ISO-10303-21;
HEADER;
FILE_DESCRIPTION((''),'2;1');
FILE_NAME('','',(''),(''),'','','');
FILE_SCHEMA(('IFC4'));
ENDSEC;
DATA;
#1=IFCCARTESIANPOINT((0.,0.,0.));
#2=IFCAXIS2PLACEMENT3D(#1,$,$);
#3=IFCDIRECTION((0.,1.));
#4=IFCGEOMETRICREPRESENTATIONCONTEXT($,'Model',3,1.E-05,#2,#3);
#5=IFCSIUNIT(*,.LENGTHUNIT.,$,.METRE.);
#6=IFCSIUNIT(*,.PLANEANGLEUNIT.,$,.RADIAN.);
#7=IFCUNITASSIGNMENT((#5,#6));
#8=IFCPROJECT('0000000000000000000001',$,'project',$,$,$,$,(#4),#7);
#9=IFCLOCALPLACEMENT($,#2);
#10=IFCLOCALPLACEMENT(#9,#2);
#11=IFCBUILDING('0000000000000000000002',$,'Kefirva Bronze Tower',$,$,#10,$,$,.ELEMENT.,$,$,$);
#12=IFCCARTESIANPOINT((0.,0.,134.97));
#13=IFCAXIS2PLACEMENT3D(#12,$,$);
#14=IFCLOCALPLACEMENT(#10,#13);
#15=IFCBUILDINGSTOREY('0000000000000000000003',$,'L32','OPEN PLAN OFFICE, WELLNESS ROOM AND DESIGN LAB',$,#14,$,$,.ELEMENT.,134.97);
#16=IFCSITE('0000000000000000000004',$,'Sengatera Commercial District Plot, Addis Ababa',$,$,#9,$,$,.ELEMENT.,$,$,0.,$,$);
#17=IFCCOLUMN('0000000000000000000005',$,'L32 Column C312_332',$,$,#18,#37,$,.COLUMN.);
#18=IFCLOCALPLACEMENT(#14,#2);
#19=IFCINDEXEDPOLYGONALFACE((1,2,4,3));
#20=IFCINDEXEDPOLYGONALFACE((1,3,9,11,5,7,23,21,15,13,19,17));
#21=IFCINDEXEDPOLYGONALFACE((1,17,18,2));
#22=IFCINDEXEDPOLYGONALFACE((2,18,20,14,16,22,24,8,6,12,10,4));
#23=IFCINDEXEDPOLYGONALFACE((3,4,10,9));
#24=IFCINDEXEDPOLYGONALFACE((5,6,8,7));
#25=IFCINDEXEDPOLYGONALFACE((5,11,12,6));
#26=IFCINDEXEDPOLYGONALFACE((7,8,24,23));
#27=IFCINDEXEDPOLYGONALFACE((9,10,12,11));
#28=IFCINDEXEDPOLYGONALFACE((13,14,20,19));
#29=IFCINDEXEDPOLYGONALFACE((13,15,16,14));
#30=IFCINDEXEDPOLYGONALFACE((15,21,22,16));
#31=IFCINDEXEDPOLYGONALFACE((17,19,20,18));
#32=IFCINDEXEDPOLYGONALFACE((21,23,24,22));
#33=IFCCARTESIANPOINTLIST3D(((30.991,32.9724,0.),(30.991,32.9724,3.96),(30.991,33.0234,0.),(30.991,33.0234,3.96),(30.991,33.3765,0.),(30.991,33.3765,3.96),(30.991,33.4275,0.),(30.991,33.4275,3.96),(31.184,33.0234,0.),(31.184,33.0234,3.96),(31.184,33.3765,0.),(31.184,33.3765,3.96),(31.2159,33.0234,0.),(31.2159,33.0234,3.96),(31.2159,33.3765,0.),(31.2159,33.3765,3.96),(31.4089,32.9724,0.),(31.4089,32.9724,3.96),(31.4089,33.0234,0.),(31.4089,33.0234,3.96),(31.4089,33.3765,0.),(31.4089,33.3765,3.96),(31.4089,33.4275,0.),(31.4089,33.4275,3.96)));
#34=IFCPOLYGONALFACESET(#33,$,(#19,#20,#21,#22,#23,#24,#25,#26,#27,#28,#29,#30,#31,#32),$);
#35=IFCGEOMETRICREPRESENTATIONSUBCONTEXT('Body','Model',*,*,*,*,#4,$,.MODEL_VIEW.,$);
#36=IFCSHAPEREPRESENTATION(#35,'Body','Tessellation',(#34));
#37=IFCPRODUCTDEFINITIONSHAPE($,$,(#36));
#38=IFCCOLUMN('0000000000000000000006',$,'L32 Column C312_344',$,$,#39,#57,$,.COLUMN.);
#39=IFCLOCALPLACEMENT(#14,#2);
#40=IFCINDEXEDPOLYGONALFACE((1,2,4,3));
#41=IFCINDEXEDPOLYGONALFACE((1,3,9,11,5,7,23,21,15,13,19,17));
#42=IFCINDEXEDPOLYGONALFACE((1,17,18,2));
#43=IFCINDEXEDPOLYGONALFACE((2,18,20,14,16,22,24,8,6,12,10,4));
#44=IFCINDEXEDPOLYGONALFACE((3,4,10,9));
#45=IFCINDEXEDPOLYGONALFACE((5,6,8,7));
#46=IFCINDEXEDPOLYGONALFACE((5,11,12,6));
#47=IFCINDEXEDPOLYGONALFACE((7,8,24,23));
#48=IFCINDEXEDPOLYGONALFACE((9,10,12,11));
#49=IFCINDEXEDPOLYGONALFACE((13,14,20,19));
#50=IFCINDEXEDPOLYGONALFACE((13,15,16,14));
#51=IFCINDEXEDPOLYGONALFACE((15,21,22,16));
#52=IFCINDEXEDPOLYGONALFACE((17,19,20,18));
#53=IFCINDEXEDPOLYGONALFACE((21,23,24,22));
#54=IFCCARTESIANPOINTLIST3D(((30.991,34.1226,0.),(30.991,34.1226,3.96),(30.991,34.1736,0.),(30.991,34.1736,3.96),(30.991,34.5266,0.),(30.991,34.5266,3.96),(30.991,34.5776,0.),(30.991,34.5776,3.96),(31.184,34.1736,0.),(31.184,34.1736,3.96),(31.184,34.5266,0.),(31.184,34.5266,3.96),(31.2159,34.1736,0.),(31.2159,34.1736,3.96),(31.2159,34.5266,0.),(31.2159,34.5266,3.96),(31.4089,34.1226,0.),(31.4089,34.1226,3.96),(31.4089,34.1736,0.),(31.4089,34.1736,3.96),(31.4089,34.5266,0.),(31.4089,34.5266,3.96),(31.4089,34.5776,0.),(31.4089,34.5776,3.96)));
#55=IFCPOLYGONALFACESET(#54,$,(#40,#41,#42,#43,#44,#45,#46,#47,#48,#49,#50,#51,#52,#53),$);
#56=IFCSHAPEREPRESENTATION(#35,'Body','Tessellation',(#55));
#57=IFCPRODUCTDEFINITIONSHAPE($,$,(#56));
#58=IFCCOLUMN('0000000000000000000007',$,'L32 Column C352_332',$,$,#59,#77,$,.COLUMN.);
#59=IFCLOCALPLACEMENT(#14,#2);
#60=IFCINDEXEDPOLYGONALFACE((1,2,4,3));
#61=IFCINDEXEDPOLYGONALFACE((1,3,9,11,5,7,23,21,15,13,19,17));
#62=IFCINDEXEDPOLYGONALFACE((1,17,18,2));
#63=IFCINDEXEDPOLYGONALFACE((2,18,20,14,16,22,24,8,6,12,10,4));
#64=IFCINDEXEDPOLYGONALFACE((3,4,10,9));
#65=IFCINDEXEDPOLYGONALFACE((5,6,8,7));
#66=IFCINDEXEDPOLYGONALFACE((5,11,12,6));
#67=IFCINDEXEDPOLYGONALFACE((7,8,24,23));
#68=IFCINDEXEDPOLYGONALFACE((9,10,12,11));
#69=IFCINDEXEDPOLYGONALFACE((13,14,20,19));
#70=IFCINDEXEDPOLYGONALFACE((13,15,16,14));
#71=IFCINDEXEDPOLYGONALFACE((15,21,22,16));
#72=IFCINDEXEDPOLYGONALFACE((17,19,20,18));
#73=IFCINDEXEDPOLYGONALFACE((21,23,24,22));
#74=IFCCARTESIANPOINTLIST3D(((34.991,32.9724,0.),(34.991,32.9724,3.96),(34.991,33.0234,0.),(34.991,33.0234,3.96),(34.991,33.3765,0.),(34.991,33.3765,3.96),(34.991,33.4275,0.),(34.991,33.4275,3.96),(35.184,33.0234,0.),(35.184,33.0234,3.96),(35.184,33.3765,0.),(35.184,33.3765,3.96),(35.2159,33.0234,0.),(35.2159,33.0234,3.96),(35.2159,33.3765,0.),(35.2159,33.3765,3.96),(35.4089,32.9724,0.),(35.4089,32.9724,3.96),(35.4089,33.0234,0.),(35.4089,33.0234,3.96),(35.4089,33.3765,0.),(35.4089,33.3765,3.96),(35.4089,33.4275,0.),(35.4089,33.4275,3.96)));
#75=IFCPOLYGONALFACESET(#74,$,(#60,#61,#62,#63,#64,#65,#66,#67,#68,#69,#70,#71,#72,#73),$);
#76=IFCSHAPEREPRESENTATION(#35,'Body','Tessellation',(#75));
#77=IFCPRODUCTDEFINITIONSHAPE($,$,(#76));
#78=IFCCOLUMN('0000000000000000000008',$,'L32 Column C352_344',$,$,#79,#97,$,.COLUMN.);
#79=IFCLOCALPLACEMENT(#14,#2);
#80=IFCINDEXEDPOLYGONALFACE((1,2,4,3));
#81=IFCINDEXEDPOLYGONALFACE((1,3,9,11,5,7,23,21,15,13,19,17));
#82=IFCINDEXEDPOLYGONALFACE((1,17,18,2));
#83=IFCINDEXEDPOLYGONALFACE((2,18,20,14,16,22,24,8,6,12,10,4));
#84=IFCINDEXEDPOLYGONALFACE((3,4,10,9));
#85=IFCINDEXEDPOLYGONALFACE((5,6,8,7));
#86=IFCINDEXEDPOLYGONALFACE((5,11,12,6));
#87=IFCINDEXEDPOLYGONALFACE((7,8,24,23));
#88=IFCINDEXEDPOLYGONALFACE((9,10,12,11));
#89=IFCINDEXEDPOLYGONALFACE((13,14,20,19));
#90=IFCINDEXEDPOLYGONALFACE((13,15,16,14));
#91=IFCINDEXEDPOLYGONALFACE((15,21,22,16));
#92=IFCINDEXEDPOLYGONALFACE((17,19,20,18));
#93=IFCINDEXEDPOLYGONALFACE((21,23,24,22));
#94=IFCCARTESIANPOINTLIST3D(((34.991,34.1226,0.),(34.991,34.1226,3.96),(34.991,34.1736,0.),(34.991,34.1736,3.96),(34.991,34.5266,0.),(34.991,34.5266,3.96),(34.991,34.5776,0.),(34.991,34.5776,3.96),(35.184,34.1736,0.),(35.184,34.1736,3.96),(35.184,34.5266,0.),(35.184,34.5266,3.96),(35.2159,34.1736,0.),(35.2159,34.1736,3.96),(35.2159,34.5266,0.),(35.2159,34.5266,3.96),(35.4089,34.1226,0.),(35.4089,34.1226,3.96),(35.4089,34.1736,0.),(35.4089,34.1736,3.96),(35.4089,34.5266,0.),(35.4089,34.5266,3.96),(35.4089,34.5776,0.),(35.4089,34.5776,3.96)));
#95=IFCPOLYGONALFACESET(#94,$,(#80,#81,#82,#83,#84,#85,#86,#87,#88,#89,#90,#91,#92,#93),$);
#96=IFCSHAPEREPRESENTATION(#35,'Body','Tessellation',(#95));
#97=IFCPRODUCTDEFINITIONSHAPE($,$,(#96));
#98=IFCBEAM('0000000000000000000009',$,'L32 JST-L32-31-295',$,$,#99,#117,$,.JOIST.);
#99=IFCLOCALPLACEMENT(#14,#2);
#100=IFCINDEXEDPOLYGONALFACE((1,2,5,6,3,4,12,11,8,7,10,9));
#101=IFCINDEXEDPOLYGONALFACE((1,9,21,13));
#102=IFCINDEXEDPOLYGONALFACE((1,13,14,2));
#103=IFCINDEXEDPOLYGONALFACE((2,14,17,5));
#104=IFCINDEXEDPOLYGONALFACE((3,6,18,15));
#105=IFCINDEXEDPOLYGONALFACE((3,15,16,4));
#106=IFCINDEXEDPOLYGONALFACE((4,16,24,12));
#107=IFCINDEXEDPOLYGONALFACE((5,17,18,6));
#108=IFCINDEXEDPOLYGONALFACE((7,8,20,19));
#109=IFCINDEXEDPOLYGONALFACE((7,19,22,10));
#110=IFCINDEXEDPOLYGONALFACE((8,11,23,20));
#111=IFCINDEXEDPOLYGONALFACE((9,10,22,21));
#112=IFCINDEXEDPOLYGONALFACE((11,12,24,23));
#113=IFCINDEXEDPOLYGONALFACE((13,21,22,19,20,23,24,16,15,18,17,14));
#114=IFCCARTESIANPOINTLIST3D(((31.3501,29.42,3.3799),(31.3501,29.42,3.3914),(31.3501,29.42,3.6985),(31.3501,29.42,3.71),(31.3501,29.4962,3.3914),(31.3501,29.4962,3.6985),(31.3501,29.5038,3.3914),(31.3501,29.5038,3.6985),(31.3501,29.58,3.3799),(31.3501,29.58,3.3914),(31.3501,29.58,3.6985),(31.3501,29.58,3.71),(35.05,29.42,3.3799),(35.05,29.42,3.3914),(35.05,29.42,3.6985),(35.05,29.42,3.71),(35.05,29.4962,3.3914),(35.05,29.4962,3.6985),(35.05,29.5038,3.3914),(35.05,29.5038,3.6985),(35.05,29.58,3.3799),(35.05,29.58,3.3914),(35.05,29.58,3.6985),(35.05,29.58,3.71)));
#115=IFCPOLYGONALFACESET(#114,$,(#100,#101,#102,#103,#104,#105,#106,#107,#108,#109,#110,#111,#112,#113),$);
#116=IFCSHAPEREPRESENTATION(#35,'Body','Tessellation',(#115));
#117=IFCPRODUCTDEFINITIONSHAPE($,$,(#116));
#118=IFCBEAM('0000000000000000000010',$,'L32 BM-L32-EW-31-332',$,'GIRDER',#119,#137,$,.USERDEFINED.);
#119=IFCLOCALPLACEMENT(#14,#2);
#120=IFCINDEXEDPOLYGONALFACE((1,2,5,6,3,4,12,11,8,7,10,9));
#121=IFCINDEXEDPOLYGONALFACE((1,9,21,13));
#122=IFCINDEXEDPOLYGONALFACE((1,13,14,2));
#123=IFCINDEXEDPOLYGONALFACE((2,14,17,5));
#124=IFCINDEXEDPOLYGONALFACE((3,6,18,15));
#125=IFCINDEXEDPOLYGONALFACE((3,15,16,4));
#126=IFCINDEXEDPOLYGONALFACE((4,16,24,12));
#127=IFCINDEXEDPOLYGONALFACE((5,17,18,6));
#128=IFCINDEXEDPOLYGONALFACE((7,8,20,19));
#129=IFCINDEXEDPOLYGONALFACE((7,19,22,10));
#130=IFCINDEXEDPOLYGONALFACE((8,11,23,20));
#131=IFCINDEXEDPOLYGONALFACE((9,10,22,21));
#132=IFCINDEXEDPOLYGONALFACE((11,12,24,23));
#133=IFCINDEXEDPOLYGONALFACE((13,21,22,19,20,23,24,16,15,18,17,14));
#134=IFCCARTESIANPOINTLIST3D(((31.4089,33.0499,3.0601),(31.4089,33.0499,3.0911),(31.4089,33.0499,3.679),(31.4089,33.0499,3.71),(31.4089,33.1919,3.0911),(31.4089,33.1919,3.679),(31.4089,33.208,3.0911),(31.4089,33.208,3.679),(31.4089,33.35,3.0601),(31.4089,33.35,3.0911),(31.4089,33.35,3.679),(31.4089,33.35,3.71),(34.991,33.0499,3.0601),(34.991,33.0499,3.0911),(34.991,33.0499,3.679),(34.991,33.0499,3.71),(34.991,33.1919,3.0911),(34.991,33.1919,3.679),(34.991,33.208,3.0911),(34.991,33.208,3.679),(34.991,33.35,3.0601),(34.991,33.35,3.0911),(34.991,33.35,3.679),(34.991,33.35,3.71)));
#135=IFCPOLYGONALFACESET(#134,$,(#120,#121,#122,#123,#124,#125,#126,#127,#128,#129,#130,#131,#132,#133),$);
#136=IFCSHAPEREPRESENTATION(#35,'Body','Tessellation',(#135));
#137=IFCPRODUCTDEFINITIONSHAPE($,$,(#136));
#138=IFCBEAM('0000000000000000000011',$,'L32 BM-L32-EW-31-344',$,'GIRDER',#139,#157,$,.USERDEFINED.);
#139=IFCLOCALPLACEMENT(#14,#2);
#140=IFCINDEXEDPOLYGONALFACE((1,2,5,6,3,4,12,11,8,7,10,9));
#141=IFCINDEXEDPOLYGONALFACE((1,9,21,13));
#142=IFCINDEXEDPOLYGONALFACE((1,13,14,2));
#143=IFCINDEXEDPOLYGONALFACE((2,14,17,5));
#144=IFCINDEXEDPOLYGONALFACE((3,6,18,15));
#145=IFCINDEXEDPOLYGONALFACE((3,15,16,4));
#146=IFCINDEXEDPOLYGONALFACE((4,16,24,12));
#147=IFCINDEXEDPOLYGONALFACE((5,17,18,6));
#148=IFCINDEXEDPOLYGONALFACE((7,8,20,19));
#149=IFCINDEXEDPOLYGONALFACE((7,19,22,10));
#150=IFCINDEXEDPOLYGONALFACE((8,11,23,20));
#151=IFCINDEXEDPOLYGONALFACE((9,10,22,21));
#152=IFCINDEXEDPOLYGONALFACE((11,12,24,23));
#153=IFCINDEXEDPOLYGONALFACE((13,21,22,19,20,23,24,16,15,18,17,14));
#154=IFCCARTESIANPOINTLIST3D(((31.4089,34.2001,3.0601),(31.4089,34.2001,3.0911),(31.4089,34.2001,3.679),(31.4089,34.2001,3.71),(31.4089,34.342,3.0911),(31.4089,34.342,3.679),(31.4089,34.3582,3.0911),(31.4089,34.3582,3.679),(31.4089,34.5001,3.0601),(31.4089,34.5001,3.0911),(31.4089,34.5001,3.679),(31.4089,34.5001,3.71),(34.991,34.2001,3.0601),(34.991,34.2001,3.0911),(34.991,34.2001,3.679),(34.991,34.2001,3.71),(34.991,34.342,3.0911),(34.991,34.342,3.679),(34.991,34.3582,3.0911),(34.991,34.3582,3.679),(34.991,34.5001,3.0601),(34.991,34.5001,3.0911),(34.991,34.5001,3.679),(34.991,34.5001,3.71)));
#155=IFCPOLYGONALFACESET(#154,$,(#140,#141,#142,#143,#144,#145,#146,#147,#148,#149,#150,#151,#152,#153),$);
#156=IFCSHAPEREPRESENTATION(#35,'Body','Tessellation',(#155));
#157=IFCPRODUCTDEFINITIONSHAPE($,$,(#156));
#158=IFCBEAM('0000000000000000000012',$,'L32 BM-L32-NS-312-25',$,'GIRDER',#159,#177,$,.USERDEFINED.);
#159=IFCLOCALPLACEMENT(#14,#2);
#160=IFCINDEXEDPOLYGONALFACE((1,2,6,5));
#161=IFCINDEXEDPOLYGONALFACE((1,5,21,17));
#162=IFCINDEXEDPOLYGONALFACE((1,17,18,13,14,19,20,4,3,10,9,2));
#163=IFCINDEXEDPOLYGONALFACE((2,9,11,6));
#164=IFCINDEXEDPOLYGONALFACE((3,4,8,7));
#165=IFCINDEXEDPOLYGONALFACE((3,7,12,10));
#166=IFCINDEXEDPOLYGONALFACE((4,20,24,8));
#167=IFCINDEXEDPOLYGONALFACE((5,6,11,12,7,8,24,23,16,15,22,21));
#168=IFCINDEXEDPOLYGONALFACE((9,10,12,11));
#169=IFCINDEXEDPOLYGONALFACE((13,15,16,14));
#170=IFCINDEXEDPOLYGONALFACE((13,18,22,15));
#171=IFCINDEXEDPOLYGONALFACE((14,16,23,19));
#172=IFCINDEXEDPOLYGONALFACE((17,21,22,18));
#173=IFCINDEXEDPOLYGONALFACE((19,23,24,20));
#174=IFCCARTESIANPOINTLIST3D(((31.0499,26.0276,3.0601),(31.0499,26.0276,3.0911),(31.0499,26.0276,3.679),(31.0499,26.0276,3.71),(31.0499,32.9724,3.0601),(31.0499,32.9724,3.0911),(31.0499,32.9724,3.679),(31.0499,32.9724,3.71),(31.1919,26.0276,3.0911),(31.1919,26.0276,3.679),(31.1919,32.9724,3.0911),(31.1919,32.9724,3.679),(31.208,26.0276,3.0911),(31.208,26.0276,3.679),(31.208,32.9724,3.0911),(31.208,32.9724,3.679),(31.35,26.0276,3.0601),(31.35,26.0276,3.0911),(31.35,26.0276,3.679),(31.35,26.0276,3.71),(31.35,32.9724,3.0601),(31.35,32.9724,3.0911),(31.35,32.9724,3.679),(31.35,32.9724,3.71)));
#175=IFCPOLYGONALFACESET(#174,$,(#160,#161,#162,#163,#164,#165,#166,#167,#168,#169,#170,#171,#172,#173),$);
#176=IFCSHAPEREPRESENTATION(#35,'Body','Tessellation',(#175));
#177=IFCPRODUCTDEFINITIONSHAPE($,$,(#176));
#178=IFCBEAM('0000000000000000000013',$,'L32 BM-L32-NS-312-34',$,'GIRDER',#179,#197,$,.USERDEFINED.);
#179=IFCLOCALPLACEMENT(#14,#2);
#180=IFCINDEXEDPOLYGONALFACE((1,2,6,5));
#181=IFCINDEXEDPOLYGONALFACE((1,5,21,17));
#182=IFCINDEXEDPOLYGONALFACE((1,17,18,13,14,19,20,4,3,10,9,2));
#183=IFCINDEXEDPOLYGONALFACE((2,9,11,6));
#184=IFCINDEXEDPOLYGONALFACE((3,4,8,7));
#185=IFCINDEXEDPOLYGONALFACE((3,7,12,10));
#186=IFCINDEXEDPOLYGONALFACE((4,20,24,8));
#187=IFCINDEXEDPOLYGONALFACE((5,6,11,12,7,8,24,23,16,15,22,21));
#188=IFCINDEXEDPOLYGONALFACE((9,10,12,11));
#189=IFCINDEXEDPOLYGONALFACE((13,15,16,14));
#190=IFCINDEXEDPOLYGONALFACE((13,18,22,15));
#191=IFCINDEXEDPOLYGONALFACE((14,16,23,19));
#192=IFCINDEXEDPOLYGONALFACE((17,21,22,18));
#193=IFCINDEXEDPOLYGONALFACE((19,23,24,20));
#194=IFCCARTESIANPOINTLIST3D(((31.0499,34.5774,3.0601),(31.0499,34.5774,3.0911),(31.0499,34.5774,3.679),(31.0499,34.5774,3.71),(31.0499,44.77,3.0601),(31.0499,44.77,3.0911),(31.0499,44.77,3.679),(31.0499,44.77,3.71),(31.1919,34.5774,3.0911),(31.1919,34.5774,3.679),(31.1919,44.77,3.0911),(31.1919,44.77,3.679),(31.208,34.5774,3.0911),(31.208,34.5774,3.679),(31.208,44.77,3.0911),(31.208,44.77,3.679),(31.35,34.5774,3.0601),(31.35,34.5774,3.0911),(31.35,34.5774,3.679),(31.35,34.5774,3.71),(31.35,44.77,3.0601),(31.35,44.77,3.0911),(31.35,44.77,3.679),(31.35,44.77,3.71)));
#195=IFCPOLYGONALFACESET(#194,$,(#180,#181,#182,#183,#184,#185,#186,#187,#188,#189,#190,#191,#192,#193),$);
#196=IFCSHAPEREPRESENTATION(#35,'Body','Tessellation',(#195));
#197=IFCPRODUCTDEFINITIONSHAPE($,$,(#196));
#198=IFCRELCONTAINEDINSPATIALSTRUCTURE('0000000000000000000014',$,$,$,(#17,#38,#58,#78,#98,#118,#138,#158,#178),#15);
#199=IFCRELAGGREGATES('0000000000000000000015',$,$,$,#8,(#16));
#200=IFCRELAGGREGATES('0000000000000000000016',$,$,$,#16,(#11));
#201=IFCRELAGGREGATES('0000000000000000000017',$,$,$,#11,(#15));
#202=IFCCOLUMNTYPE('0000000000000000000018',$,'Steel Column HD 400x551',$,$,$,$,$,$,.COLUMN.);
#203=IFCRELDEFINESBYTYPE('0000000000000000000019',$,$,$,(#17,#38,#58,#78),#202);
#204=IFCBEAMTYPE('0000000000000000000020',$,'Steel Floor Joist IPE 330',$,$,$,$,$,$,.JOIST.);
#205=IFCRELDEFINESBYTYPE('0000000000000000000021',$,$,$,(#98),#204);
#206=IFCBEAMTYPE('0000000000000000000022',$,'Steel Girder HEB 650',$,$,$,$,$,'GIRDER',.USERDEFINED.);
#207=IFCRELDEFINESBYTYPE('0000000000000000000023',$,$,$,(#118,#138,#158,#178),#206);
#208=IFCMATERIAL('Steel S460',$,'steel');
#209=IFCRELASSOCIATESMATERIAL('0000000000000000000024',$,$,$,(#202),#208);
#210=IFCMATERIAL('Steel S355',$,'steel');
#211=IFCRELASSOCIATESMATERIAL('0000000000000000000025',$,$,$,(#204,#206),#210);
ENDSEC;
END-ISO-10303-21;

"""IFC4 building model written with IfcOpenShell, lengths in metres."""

from ifc_helpers import new_model, si_unit, direction, frame, origin, origin_2d, place, context, subcontext, project, spatial, i_section, extrude, material, material_profile, profile_set, type_object, element, save


model = new_model("IFC4")

# Units and contexts
model_context = context("Model", 3, precision=1e-05, world=origin(), true_north=direction((0.0, 1.0)))
body_context = subcontext(model_context, "Body", "Model", "MODEL_VIEW")
ifc_project = project(units=[si_unit("LENGTHUNIT", "METRE"), si_unit("PLANEANGLEUNIT", "RADIAN")], contexts=[model_context])

# Site, building, storey
site_placement = place(None, origin())
site = spatial("IfcSite", under=ifc_project, at=site_placement, Name="Sengatera Commercial District Plot, Addis Ababa", CompositionType="ELEMENT", RefElevation=0.0)
building_placement = place(site_placement, origin())
building = spatial("IfcBuilding", under=site, at=building_placement, Name="Kefirva Bronze Tower", CompositionType="ELEMENT")
storey_placement = place(building_placement, frame((0.0, 0.0, 134.97)))
storey = spatial("IfcBuildingStorey", under=building, at=storey_placement, Name="L32", Description="OPEN PLAN OFFICE, WELLNESS ROOM AND DESIGN LAB", CompositionType="ELEMENT", Elevation=134.97)

# Columns
ifc_material_1 = material(Name="Steel S460", Category="steel")
ifc_material_profile_1 = material_profile(ifc_material_1, i_section(OverallWidth=0.418, OverallDepth=0.4551, WebThickness=0.032, FlangeThickness=0.051, at=origin_2d()), Name="HD 400x551")
ifc_profile_set_1 = profile_set([ifc_material_profile_1], Name="Steel S460")
column_type = type_object("IfcColumnType", Name="Steel Column HD 400x551", PredefinedType="COLUMN", material=ifc_profile_set_1)
for number, where, z_axis, x_axis, name in (
    (1, (31.2, 33.2, 0.0), (0.0, 0.0, 1.0), (1.0, 0.0, 0.0), "L32 Column C312_332"),
    (2, (31.2, 34.3501, 0.0), (0.0, 0.0, 1.0), (1.0, 0.0, 0.0), "L32 Column C312_344"),
    (3, (35.2, 33.2, 0.0), (0.0, 0.0, 1.0), (1.0, 0.0, 0.0), "L32 Column C352_332"),
    (4, (35.2, 34.3501, 0.0), (0.0, 0.0, 1.0), (1.0, 0.0, 0.0), "L32 Column C352_344"),
):
    element("IfcColumn", number, at=place(storey_placement, frame(where, z_axis=z_axis, x_axis=x_axis)), inside=storey, type_object=column_type, Name=name, PredefinedType="COLUMN", context=body_context, shape_type="SweptSolid", body=[
        extrude(i_section(OverallWidth=0.418, OverallDepth=0.4551, WebThickness=0.032, FlangeThickness=0.051, at=origin_2d()), origin(), (0.0, 0.0, 1.0), 3.96),
    ])

# Beams
ifc_material_2 = material(Name="Steel S355", Category="steel")
ifc_material_profile_2 = material_profile(ifc_material_2, i_section(OverallWidth=0.1599, OverallDepth=0.3301, WebThickness=0.0076, FlangeThickness=0.0115, at=origin_2d()), Name="IPE 330")
ifc_profile_set_2 = profile_set([ifc_material_profile_2], Name="Steel S355")
beam_type_1 = type_object("IfcBeamType", Name="Steel Floor Joist IPE 330", PredefinedType="JOIST", material=ifc_profile_set_2)
beam_1_placement = place(storey_placement, frame((31.3501, 29.5, 3.5449), z_axis=(1.0, 0.0, 0.0), x_axis=(0.0, 1.0, 0.0)))
element("IfcBeam", 5, at=beam_1_placement, inside=storey, type_object=beam_type_1, Name="L32 JST-L32-31-295", PredefinedType="JOIST", context=body_context, shape_type="SweptSolid", body=[
    extrude(i_section(OverallWidth=0.1599, OverallDepth=0.3301, WebThickness=0.0076, FlangeThickness=0.0115, at=origin_2d()), origin(), (0.0, 0.0, 1.0), 3.7),
])
ifc_material_profile_3 = material_profile(ifc_material_2, i_section(OverallWidth=0.3, OverallDepth=0.6499, WebThickness=0.0161, FlangeThickness=0.031, at=origin_2d()), Name="HEB 650")
ifc_profile_set_3 = profile_set([ifc_material_profile_3], Name="Steel S355")
beam_type_2 = type_object("IfcBeamType", Name="Steel Girder HEB 650", ElementType="GIRDER", PredefinedType="USERDEFINED", material=ifc_profile_set_3)
for number, where, z_axis, x_axis, name in (
    (6, (31.4089, 33.2, 3.385), (1.0, 0.0, 0.0), (0.0, 1.0, 0.0), "L32 BM-L32-EW-31-332"),
    (7, (31.4089, 34.3501, 3.385), (1.0, 0.0, 0.0), (0.0, 1.0, 0.0), "L32 BM-L32-EW-31-344"),
):
    element("IfcBeam", number, at=place(storey_placement, frame(where, z_axis=z_axis, x_axis=x_axis)), inside=storey, type_object=beam_type_2, Name=name, ObjectType="GIRDER", PredefinedType="USERDEFINED", context=body_context, shape_type="SweptSolid", body=[
        extrude(i_section(OverallWidth=0.3, OverallDepth=0.6499, WebThickness=0.0161, FlangeThickness=0.031, at=origin_2d()), origin(), (0.0, 0.0, 1.0), 3.582),
    ])
beam_2_placement = place(storey_placement, frame((31.2, 26.0276, 3.385), z_axis=(0.0, 1.0, 0.0), x_axis=(-1.0, 0.0, 0.0)))
element("IfcBeam", 8, at=beam_2_placement, inside=storey, type_object=beam_type_2, Name="L32 BM-L32-NS-312-25", ObjectType="GIRDER", PredefinedType="USERDEFINED", context=body_context, shape_type="SweptSolid", body=[
    extrude(i_section(OverallWidth=0.3, OverallDepth=0.6499, WebThickness=0.0161, FlangeThickness=0.031, at=origin_2d()), origin(), (0.0, 0.0, 1.0), 6.9448),
])
beam_3_placement = place(storey_placement, frame((31.2, 34.5774, 3.385), z_axis=(0.0, 1.0, 0.0), x_axis=(-1.0, 0.0, 0.0)))
element("IfcBeam", 9, at=beam_3_placement, inside=storey, type_object=beam_type_2, Name="L32 BM-L32-NS-312-34", ObjectType="GIRDER", PredefinedType="USERDEFINED", context=body_context, shape_type="SweptSolid", body=[
    extrude(i_section(OverallWidth=0.3, OverallDepth=0.6499, WebThickness=0.0161, FlangeThickness=0.031, at=origin_2d()), origin(), (0.0, 0.0, 1.0), 10.1926),
])

save(model, "model.ifc")
